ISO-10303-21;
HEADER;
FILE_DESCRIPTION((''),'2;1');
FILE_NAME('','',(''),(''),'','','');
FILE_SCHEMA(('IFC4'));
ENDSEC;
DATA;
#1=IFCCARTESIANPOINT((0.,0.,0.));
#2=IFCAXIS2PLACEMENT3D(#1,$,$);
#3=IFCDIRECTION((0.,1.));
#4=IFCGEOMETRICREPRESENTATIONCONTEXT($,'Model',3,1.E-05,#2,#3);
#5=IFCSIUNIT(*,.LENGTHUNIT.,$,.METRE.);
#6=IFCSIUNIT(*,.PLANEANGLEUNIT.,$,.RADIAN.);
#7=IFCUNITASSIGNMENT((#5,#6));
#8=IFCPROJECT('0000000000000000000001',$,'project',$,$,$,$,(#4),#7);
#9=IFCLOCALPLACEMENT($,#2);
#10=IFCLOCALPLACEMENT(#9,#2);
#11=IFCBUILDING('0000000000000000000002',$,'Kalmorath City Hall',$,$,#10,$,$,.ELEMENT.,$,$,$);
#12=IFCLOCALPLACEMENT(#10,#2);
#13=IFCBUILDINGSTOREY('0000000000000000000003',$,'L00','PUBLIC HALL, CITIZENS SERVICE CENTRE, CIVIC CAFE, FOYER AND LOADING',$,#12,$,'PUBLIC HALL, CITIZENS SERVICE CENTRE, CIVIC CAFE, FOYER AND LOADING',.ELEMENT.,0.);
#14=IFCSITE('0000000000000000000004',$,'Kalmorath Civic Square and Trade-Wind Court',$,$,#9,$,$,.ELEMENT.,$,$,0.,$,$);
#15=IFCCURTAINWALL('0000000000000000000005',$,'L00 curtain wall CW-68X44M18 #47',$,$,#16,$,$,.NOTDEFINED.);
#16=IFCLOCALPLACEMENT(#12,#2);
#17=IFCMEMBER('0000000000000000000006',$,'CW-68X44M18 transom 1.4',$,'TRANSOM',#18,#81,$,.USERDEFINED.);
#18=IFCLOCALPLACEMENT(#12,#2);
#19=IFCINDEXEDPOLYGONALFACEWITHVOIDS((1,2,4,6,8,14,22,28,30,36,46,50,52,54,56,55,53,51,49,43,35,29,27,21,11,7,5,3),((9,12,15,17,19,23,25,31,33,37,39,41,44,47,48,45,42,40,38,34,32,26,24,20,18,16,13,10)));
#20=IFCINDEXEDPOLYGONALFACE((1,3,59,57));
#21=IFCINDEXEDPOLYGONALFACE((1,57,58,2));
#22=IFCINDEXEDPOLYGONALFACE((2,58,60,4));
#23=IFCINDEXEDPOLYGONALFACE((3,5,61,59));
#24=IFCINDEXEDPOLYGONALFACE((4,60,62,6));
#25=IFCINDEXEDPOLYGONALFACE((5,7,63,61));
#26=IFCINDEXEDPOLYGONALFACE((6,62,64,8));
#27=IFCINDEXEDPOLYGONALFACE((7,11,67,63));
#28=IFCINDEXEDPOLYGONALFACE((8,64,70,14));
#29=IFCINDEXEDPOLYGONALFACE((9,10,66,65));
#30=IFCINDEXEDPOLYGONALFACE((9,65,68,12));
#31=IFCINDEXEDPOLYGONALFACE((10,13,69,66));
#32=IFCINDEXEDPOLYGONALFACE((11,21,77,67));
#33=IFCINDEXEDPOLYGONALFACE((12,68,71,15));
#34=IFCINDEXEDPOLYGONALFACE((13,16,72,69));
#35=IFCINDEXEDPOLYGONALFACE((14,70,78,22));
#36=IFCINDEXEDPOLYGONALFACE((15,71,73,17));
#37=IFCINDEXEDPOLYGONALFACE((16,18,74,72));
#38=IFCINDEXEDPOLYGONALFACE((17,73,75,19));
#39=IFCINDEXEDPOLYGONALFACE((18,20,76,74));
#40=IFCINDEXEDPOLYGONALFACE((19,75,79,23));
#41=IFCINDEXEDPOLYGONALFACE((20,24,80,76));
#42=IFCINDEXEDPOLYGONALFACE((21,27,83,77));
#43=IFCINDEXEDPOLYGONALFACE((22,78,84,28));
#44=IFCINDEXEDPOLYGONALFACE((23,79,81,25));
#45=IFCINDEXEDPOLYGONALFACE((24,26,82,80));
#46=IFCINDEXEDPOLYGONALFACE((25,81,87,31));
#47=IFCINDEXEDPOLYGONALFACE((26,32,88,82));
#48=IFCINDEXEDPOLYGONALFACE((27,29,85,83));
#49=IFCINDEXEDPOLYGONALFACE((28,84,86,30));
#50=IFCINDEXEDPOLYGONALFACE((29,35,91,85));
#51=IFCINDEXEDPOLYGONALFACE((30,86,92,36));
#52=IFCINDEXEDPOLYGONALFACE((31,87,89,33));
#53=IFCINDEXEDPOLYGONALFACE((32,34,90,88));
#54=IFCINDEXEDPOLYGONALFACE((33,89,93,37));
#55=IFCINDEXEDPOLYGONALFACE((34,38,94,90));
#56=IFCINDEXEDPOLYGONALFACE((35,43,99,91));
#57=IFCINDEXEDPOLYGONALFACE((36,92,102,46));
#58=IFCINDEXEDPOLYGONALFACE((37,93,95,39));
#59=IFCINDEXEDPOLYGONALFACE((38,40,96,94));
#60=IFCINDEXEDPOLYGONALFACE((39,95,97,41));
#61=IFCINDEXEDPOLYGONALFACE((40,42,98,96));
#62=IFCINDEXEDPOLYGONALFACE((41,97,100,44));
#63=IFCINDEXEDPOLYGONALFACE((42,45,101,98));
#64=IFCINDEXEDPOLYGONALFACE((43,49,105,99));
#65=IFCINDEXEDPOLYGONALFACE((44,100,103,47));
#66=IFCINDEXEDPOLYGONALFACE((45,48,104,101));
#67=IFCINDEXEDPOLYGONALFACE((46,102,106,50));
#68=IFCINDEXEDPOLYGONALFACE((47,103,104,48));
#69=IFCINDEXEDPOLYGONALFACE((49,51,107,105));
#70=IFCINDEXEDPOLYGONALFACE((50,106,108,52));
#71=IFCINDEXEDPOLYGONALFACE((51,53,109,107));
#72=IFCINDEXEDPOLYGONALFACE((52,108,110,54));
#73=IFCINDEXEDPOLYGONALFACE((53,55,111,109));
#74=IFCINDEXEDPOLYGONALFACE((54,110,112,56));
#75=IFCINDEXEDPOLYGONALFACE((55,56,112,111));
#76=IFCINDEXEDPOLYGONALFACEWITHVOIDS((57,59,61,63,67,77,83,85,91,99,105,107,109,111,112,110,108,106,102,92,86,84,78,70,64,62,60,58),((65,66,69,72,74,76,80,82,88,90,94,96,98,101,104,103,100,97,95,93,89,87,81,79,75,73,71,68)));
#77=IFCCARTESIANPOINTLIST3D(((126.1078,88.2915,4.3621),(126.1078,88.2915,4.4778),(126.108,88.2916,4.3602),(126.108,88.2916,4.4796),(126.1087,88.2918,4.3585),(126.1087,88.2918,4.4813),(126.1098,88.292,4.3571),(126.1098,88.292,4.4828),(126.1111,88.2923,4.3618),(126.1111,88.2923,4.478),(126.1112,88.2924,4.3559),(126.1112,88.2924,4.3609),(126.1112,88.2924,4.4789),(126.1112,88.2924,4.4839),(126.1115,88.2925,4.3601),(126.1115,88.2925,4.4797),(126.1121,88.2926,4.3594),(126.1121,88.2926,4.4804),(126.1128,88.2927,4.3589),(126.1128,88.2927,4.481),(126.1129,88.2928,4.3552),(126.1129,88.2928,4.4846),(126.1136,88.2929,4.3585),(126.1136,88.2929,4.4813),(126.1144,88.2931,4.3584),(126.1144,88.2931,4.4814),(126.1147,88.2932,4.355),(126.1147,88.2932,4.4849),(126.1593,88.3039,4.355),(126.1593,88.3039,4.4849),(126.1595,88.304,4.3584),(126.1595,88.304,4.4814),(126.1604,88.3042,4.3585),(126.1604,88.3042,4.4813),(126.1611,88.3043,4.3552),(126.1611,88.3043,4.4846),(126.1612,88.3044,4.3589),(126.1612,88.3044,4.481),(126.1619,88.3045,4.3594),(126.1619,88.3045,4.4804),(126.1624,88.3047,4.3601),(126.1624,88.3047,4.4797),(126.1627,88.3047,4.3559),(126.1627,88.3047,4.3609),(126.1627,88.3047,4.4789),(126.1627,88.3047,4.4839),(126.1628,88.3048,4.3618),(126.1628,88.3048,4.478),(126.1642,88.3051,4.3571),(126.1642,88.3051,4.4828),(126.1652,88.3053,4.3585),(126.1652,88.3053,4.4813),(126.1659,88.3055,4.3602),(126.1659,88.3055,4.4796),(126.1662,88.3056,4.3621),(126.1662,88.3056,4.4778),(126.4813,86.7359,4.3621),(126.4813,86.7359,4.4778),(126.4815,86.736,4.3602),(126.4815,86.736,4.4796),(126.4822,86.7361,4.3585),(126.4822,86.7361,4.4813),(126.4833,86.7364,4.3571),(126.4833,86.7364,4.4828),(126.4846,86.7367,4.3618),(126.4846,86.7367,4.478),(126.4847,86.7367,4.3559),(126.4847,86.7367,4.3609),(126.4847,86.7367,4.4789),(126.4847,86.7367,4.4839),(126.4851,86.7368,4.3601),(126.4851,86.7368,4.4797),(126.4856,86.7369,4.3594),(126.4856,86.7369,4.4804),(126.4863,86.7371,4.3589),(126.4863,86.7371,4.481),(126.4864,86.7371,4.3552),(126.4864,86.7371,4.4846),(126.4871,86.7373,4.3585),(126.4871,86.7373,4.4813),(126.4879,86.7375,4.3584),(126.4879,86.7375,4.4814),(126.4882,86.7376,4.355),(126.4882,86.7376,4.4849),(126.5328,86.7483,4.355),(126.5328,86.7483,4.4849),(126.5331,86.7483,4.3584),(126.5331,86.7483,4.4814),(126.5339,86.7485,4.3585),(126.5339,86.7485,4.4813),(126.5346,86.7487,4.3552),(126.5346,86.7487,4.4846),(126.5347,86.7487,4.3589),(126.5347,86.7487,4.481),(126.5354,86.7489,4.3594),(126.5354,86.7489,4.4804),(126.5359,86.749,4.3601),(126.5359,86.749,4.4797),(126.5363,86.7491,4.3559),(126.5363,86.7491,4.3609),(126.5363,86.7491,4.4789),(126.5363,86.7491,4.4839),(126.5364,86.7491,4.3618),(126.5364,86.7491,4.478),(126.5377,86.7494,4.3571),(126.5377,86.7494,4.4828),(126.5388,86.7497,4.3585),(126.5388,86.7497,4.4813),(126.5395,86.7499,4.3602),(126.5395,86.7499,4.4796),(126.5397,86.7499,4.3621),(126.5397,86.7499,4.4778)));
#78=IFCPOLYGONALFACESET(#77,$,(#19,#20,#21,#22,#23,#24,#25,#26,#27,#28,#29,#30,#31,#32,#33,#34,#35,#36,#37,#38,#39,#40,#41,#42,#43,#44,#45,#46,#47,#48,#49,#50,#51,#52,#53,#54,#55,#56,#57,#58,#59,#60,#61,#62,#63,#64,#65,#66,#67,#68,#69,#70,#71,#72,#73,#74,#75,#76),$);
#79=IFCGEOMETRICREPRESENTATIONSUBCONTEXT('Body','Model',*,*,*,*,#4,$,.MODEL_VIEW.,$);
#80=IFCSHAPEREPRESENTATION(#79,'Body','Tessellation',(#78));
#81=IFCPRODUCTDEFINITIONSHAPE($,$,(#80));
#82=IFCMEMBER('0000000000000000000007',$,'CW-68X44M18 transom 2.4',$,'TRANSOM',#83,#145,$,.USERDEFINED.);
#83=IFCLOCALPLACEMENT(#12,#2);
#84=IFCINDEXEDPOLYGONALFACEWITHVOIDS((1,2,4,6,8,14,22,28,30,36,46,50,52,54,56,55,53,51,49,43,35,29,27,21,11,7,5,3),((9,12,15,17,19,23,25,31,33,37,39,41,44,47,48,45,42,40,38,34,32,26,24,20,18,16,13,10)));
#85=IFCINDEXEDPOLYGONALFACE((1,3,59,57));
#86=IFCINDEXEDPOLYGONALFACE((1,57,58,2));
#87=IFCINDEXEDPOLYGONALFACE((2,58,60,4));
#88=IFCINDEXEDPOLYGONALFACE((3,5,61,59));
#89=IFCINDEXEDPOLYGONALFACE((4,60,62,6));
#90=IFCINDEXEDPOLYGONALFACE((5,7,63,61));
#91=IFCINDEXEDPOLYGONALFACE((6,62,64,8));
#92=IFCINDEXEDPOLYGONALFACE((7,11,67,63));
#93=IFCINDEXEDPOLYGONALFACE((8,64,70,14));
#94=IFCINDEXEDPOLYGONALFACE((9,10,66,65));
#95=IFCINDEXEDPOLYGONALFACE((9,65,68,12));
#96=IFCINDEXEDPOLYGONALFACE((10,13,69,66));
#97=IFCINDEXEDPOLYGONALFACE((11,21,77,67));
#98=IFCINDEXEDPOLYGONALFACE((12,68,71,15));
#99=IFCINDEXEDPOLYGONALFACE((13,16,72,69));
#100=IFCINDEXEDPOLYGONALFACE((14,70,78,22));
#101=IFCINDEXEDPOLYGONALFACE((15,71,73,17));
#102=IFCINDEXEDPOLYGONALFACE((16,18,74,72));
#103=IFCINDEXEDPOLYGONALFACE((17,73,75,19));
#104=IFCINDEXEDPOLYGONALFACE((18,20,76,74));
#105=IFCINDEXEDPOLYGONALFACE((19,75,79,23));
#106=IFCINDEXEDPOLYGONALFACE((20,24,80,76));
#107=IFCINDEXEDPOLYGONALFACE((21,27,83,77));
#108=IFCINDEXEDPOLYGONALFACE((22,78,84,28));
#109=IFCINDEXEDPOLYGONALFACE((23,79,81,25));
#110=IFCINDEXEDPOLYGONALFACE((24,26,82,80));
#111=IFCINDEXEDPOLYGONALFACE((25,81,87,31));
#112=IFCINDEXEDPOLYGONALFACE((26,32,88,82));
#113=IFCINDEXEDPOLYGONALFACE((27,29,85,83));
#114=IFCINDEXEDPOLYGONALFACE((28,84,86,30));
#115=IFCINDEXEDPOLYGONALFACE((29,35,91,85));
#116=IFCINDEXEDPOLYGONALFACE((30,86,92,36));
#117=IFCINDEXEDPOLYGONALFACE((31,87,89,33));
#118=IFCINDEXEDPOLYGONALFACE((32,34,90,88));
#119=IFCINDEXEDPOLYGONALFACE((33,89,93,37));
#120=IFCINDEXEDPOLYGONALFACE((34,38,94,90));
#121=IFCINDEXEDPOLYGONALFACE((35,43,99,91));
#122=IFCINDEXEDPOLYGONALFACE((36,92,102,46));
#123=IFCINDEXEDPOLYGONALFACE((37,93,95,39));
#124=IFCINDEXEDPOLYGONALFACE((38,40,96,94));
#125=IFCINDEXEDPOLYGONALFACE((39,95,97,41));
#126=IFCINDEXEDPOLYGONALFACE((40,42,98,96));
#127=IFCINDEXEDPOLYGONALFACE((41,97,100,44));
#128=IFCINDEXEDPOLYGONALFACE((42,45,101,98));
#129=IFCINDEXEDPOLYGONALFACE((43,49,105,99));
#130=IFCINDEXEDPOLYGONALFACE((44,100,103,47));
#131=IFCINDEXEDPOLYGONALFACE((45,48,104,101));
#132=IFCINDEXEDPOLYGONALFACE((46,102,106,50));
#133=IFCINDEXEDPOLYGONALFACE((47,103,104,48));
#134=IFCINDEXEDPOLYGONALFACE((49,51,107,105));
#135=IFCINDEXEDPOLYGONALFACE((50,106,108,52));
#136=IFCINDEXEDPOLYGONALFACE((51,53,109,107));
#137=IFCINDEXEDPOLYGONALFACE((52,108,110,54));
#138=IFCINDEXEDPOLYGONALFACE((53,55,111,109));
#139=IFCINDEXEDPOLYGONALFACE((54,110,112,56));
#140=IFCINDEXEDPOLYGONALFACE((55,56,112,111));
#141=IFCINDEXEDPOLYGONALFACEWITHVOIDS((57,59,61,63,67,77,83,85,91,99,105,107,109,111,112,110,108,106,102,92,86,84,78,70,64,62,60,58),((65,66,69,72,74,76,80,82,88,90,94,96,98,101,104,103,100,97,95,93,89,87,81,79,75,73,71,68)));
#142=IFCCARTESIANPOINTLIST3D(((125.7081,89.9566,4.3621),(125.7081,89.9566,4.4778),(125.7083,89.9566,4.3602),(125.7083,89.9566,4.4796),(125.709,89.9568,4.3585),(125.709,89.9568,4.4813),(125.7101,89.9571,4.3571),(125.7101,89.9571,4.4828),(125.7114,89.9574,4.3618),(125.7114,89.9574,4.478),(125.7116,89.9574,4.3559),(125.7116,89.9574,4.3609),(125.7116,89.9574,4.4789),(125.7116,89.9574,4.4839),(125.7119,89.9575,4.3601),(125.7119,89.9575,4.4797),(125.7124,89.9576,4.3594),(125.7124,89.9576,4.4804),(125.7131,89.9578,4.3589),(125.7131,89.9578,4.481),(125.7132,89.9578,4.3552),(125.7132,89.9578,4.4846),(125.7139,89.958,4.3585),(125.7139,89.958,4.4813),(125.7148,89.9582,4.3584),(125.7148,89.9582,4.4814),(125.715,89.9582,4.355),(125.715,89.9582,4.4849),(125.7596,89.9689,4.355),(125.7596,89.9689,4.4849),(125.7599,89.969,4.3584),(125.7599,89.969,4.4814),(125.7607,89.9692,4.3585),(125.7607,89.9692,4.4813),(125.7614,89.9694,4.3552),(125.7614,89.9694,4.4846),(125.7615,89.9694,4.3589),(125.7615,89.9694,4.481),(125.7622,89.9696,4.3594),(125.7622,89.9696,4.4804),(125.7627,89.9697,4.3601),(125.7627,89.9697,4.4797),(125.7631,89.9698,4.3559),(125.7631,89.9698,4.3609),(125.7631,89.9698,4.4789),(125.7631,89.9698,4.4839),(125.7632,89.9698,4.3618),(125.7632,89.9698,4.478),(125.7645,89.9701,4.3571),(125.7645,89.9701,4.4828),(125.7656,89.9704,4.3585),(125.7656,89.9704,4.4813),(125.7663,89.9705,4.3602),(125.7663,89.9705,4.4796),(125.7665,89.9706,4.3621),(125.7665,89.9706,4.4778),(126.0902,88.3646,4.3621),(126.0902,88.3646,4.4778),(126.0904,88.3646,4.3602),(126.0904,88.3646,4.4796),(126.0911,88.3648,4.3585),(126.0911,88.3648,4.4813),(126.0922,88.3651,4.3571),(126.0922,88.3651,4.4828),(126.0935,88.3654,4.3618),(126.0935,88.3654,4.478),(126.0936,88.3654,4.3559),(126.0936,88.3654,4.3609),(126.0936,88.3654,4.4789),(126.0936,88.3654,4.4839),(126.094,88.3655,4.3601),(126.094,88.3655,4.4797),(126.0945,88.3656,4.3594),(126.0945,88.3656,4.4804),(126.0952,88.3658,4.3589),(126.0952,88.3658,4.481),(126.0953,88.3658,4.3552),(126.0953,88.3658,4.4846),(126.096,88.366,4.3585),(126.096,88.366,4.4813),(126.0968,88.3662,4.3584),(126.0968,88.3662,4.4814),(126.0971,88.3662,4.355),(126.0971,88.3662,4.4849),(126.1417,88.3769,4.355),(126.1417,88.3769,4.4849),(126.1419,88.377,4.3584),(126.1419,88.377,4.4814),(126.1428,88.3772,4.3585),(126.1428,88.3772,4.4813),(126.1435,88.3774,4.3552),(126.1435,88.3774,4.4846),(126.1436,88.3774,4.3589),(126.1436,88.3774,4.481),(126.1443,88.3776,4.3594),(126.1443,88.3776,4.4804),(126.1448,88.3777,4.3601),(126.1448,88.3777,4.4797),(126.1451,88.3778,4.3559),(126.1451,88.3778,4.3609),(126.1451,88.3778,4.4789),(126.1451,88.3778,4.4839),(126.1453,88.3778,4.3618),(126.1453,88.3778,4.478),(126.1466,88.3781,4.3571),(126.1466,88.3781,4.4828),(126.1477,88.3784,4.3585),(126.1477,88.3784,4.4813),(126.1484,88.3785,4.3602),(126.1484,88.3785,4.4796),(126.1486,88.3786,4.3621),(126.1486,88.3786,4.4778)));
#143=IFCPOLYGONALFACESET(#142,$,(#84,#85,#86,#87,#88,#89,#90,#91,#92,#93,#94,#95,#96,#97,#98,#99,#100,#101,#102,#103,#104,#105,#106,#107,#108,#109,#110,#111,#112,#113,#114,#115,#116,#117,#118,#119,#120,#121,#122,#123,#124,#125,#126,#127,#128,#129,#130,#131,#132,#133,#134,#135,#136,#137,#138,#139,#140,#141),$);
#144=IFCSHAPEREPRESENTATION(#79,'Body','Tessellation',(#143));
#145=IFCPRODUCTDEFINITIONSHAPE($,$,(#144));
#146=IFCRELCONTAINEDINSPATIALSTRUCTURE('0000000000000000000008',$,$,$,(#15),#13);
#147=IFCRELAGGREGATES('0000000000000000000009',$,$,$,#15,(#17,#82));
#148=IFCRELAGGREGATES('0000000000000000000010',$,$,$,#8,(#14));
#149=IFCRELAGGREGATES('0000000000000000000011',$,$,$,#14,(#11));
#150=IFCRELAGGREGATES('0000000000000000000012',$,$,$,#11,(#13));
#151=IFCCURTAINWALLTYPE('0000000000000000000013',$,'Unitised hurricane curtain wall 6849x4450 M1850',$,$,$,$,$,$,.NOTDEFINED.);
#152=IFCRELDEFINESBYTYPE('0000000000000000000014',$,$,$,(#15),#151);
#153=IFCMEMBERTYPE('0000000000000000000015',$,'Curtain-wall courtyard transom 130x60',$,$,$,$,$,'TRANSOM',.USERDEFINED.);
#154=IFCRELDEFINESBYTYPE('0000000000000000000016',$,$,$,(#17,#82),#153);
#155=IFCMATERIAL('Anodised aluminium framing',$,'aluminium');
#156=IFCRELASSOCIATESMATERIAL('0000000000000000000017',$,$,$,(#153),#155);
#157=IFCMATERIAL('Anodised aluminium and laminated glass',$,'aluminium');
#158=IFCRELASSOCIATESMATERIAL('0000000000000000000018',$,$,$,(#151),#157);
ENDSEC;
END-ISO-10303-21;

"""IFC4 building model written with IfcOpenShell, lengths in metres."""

from ifc_helpers import new_model, si_unit, direction, frame, origin, origin_2d, place, context, subcontext, project, spatial, hollow_rectangle, extrude, material, material_profile, profile_set, type_object, element, aggregate, save


model = new_model("IFC4")

# Units and contexts
model_context = context("Model", 3, precision=1e-05, world=origin(), true_north=direction((0.0, 1.0)))
body_context = subcontext(model_context, "Body", "Model", "MODEL_VIEW")
ifc_project = project(units=[si_unit("LENGTHUNIT", "METRE"), si_unit("PLANEANGLEUNIT", "RADIAN")], contexts=[model_context])

# Site, building, storey
site_placement = place(None, origin())
site = spatial("IfcSite", under=ifc_project, at=site_placement, Name="Kalmorath Civic Square and Trade-Wind Court", CompositionType="ELEMENT", RefElevation=0.0)
building_placement = place(site_placement, origin())
building = spatial("IfcBuilding", under=site, at=building_placement, Name="Kalmorath City Hall", CompositionType="ELEMENT")
storey_placement = place(building_placement, origin())
storey = spatial("IfcBuildingStorey", under=building, at=storey_placement, Name="L00", Description="PUBLIC HALL, CITIZENS SERVICE CENTRE, CIVIC CAFE, FOYER AND LOADING", LongName="PUBLIC HALL, CITIZENS SERVICE CENTRE, CIVIC CAFE, FOYER AND LOADING", CompositionType="ELEMENT", Elevation=0.0)

# Curtain wall, members
ifc_material_1 = material(Name="Anodised aluminium framing", Category="aluminium")
ifc_material_profile_1 = material_profile(ifc_material_1, hollow_rectangle(XDim=0.0601, YDim=0.1299, WallThickness=0.0034, InnerFilletRadius=0.0034, OuterFilletRadius=0.0071, at=origin_2d()), Name="ALU-TRN-130X60X3.5")
ifc_profile_set_1 = profile_set([ifc_material_profile_1], Name="Anodised aluminium framing")
member_type_1 = type_object("IfcMemberType", Name="Curtain-wall courtyard transom 130x60", ElementType="TRANSOM", PredefinedType="USERDEFINED", material=ifc_profile_set_1)
ifc_material_2 = material(Name="Anodised aluminium and laminated glass", Category="aluminium")
curtain_wall_type_1 = type_object("IfcCurtainWallType", Name="Unitised hurricane curtain wall 6849x4450 M1850", PredefinedType="NOTDEFINED", material=ifc_material_2)
curtain_wall_1_placement = place(storey_placement, origin())
curtain_wall_1 = element("IfcCurtainWall", 1, at=curtain_wall_1_placement, inside=storey, type_object=curtain_wall_type_1, Name="L00 curtain wall CW-68X44M18 #47", PredefinedType="NOTDEFINED")
member_1_placement = place(storey_placement, frame((126.5105, 86.7429, 4.4199), z_axis=(-0.233477, 0.972362, 0.0), x_axis=(-0.972362, -0.233477, 0.0)))
member_1 = element("IfcMember", 2, at=member_1_placement, type_object=member_type_1, Name="CW-68X44M18 transom 1.4", ObjectType="TRANSOM", PredefinedType="USERDEFINED", context=body_context, shape_type="SweptSolid", body=[
    extrude(hollow_rectangle(XDim=0.0601, YDim=0.1299, WallThickness=0.0034, InnerFilletRadius=0.0034, OuterFilletRadius=0.0071, at=origin_2d()), origin(), (0.0, 0.0, 1.0), 1.5999),
])
member_2_placement = place(storey_placement, frame((126.1194, 88.3716, 4.4199), z_axis=(-0.233367, 0.972389, 0.0), x_axis=(-0.972389, -0.233367, 0.0)))
member_2 = element("IfcMember", 3, at=member_2_placement, type_object=member_type_1, Name="CW-68X44M18 transom 2.4", ObjectType="TRANSOM", PredefinedType="USERDEFINED", context=body_context, shape_type="SweptSolid", body=[
    extrude(hollow_rectangle(XDim=0.0601, YDim=0.1299, WallThickness=0.0034, InnerFilletRadius=0.0034, OuterFilletRadius=0.0071, at=origin_2d()), origin(), (0.0, 0.0, 1.0), 1.6372),
])

aggregate(curtain_wall_1, [member_1, member_2])

save(model, "model.ifc")
